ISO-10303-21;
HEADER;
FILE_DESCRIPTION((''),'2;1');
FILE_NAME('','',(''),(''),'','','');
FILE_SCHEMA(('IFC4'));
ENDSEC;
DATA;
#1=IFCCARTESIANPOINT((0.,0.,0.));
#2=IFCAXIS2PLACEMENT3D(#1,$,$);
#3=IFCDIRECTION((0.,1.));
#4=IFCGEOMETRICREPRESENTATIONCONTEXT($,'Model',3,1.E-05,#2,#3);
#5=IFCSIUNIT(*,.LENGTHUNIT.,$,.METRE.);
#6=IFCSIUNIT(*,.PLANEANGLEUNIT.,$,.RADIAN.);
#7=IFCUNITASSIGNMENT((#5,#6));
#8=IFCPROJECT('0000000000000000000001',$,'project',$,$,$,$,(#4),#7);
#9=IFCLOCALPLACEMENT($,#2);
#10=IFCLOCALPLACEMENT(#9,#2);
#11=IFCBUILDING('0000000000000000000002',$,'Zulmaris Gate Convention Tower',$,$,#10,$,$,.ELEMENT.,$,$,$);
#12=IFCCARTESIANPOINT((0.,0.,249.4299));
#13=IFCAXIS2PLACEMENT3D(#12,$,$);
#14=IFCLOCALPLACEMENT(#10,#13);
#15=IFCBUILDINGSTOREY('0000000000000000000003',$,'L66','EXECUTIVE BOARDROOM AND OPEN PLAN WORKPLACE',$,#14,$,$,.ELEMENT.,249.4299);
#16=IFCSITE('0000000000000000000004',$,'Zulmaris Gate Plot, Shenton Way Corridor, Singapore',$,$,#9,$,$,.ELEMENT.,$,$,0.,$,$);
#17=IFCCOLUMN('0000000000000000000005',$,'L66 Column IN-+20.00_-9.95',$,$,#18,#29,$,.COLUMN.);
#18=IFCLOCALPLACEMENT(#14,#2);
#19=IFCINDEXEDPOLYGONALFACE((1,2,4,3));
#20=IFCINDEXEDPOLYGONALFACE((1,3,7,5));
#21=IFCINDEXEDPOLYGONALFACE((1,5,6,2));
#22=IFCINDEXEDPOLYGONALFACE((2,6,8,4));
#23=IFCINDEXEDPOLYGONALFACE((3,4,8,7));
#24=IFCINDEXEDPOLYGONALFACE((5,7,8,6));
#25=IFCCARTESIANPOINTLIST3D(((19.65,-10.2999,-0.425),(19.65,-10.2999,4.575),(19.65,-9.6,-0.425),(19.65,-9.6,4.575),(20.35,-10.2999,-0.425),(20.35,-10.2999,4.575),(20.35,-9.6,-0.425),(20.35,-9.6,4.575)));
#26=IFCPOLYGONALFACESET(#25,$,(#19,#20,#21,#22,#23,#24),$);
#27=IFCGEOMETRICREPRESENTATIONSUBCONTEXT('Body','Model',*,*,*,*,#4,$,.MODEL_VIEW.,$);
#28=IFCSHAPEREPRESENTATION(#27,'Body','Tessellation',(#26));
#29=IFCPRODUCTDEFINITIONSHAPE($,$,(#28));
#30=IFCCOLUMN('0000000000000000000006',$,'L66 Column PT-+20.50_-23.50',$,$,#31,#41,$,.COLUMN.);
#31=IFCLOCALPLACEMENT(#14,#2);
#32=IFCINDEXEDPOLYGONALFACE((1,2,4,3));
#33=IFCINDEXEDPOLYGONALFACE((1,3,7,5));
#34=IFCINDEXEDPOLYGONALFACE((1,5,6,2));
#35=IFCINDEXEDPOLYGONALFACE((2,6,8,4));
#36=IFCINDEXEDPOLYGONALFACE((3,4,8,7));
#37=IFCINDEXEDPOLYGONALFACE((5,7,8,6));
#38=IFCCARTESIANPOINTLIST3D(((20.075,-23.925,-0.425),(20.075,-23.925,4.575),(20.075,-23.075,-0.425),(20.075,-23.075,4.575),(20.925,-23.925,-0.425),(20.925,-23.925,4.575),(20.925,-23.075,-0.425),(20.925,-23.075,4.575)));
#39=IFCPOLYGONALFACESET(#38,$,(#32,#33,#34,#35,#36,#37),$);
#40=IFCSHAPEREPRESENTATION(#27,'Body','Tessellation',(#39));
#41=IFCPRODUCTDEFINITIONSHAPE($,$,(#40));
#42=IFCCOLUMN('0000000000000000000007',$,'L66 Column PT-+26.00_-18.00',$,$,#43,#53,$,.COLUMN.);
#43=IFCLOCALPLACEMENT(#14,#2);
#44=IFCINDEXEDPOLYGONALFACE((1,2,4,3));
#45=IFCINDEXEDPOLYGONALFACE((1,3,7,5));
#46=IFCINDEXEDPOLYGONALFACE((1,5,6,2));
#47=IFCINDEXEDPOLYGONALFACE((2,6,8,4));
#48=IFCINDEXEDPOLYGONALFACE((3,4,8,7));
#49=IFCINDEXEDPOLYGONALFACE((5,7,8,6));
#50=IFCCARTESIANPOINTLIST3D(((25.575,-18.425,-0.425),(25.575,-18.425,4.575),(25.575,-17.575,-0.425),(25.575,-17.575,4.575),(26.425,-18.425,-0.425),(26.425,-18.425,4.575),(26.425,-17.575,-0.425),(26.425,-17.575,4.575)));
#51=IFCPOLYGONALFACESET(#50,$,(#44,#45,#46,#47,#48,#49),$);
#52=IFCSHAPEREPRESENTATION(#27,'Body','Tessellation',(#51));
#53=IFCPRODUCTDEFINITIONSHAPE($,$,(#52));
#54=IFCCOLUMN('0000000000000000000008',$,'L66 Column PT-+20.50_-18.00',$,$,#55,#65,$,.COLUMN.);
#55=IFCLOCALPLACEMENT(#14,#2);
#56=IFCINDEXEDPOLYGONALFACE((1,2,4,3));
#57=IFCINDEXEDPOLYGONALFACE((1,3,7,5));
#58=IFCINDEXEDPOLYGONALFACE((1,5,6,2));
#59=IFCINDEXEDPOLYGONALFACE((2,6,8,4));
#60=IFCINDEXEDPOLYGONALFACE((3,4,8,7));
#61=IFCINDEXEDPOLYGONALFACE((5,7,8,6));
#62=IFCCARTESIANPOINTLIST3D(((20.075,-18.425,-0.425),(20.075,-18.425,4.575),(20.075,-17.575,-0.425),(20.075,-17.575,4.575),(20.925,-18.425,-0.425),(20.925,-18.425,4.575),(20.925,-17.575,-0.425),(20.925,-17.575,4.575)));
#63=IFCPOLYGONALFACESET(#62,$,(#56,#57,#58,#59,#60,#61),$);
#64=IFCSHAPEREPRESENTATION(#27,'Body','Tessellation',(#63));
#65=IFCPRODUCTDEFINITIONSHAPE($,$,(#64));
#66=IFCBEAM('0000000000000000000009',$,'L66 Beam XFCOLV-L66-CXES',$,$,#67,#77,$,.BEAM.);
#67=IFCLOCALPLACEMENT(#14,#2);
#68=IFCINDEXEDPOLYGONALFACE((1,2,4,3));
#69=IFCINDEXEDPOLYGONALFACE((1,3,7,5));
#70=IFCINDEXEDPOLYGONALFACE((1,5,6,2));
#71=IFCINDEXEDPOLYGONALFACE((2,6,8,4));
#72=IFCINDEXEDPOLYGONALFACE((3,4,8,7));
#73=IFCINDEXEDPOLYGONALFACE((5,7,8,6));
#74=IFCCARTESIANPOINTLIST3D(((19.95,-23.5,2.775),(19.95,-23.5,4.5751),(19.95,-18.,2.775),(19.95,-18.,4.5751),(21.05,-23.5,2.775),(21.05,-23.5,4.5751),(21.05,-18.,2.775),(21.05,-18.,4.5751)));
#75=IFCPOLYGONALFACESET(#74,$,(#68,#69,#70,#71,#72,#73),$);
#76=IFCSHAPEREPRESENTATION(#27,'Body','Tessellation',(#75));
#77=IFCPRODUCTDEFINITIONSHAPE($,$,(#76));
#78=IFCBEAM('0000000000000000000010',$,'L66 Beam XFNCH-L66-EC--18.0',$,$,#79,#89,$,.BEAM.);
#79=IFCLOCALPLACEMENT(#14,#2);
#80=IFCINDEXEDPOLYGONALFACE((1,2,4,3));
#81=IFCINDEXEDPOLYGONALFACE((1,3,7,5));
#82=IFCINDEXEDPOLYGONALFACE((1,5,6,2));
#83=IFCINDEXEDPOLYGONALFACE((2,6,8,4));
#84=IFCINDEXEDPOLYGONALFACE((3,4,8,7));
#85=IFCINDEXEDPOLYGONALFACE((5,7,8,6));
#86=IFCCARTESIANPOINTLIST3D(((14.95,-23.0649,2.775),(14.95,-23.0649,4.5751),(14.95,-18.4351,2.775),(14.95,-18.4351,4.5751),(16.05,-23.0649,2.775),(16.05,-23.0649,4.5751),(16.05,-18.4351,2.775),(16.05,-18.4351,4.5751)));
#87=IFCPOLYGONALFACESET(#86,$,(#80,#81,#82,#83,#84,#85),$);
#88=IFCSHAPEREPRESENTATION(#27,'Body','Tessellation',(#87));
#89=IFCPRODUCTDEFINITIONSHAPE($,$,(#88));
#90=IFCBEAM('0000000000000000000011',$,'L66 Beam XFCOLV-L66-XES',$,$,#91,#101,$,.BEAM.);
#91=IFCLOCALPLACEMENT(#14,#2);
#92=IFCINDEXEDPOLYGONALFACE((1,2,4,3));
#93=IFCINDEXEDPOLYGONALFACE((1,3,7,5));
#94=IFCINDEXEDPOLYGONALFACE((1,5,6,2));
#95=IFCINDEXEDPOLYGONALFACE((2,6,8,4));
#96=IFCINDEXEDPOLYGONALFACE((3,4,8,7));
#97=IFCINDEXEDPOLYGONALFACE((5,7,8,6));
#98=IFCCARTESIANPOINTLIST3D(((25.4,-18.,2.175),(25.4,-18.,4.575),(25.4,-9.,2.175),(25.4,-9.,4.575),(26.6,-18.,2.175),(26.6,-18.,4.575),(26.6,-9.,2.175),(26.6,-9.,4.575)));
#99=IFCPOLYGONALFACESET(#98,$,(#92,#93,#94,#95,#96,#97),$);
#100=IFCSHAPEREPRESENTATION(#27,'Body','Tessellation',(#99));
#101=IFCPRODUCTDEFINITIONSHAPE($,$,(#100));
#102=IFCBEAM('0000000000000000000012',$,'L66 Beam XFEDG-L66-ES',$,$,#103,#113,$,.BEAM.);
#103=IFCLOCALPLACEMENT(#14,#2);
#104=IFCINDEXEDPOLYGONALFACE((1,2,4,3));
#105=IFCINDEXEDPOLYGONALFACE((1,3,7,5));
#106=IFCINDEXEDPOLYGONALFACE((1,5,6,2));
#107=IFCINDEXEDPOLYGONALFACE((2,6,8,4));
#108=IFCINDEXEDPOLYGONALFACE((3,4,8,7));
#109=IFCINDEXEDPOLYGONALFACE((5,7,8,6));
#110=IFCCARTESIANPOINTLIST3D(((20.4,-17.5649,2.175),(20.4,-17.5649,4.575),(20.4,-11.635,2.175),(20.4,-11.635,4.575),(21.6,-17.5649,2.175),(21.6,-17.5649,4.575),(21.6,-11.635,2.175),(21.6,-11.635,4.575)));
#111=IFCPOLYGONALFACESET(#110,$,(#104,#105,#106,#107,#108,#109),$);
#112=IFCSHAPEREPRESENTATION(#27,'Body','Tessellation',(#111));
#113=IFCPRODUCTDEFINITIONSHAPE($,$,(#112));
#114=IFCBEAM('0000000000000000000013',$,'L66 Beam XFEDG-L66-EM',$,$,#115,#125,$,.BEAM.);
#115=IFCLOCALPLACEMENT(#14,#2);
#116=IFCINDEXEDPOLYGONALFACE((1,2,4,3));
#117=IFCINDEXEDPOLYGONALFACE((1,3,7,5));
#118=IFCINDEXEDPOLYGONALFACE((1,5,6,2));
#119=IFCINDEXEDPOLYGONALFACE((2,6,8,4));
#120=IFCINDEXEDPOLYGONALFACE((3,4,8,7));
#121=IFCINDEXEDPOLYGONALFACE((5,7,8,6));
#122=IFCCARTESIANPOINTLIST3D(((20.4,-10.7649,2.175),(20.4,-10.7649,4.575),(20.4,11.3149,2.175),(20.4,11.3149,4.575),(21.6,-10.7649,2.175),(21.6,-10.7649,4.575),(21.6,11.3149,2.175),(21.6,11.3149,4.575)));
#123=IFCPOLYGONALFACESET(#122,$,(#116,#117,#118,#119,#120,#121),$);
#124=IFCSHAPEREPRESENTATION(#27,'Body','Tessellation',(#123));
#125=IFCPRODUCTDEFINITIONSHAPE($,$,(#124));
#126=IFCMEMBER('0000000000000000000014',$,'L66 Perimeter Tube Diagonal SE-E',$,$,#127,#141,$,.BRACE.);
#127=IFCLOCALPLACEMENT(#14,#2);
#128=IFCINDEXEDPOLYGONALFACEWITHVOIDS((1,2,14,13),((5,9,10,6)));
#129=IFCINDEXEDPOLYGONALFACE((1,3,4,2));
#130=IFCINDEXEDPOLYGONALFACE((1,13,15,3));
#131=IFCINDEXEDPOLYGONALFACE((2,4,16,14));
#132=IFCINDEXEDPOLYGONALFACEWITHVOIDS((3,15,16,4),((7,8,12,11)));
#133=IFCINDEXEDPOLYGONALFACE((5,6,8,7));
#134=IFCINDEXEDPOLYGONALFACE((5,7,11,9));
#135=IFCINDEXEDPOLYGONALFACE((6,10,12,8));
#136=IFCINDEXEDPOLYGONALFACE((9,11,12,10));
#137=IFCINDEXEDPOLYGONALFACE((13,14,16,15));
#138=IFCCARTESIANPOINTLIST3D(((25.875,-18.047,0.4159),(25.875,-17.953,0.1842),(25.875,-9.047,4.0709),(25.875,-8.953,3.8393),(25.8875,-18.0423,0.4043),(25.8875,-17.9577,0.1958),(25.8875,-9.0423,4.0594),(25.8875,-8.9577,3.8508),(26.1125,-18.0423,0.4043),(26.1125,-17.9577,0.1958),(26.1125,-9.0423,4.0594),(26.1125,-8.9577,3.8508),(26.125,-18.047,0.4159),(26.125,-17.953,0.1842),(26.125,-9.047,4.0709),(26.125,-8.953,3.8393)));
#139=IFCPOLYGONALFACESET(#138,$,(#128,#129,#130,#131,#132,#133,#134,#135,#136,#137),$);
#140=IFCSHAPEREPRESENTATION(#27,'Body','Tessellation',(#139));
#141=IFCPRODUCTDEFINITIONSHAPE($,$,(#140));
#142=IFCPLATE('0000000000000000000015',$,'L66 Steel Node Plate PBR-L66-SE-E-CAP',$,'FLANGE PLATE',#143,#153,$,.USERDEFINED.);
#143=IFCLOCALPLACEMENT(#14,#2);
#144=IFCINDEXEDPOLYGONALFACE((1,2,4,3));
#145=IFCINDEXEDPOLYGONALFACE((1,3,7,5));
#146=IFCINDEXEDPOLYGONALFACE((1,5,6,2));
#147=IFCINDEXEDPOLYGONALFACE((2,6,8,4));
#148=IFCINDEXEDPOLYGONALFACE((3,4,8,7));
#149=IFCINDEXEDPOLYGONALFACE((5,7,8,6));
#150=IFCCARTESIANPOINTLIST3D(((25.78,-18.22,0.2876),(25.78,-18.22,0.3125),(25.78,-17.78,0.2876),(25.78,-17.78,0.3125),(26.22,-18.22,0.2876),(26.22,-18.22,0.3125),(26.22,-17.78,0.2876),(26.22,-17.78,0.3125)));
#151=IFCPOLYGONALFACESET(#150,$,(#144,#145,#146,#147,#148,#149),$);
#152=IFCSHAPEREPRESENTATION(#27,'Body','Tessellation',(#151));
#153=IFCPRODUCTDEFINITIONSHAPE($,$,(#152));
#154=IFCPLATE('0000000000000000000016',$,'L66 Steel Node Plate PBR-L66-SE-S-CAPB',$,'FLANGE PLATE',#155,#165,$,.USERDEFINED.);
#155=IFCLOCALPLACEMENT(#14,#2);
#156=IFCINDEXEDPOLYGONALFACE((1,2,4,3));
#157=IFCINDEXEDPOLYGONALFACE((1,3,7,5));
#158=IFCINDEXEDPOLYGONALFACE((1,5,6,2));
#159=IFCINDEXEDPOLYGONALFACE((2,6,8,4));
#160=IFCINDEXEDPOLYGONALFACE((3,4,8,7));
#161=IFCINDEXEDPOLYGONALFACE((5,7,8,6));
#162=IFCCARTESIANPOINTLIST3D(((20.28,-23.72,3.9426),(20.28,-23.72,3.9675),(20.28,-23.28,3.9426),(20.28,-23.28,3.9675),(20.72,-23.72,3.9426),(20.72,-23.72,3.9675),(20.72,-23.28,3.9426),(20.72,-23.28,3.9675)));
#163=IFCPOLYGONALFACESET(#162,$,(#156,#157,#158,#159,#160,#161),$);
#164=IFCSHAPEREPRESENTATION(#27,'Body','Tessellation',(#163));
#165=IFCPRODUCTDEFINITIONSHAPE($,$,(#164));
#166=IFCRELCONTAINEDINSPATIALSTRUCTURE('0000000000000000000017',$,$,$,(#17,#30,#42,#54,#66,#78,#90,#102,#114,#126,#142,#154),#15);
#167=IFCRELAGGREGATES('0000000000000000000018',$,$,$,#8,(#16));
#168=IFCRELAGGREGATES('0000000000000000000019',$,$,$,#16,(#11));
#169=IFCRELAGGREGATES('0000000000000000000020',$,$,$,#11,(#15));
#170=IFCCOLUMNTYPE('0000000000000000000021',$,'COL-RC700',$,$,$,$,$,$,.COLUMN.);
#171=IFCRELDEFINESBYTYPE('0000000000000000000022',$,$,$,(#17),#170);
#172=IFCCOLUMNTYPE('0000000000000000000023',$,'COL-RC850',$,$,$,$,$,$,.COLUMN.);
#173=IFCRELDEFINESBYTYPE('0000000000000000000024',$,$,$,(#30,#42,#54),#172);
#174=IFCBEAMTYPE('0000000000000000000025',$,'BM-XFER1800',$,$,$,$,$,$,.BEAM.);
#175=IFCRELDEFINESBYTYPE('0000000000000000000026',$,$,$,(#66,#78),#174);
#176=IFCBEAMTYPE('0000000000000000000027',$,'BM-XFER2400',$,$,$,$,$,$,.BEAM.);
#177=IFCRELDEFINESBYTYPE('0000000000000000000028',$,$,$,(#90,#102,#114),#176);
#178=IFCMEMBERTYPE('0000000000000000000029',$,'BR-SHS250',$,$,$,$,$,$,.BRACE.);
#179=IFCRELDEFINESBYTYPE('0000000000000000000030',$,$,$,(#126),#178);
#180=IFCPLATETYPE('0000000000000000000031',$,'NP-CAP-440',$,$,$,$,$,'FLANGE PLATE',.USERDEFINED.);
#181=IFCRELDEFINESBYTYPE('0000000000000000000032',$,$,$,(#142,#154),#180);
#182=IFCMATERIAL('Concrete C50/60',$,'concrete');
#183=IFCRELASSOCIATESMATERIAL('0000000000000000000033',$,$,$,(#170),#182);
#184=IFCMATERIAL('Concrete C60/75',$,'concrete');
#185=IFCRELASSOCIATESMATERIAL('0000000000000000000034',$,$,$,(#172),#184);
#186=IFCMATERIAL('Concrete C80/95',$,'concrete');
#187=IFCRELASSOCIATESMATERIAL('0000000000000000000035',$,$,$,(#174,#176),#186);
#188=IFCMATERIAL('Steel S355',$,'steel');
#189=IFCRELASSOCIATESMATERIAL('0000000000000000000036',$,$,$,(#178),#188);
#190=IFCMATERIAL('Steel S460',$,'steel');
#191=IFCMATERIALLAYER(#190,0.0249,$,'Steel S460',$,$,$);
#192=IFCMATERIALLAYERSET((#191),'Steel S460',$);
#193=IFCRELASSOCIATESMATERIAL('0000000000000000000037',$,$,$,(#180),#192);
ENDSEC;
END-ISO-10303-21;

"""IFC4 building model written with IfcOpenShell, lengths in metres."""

from ifc_helpers import new_model, si_unit, direction, frame, origin, origin_2d, place, context, subcontext, project, spatial, rectangle, hollow_rectangle, extrude, material, layer, layer_set, material_profile, profile_set, type_object, element, save


model = new_model("IFC4")

# Units and contexts
model_context = context("Model", 3, precision=1e-05, world=origin(), true_north=direction((0.0, 1.0)))
body_context = subcontext(model_context, "Body", "Model", "MODEL_VIEW")
ifc_project = project(units=[si_unit("LENGTHUNIT", "METRE"), si_unit("PLANEANGLEUNIT", "RADIAN")], contexts=[model_context])

# Site, building, storey
site_placement = place(None, origin())
site = spatial("IfcSite", under=ifc_project, at=site_placement, Name="Zulmaris Gate Plot, Shenton Way Corridor, Singapore", CompositionType="ELEMENT", RefElevation=0.0)
building_placement = place(site_placement, origin())
building = spatial("IfcBuilding", under=site, at=building_placement, Name="Zulmaris Gate Convention Tower", CompositionType="ELEMENT")
storey_placement = place(building_placement, frame((0.0, 0.0, 249.4299)))
storey = spatial("IfcBuildingStorey", under=building, at=storey_placement, Name="L66", Description="EXECUTIVE BOARDROOM AND OPEN PLAN WORKPLACE", CompositionType="ELEMENT", Elevation=249.4299)

# Columns
ifc_material_1 = material(Name="Concrete C50/60", Category="concrete")
ifc_material_profile_1 = material_profile(ifc_material_1, rectangle(XDim=0.7, YDim=0.7, at=origin_2d()), Name="RC COL 700x700")
ifc_profile_set_1 = profile_set([ifc_material_profile_1], Name="Concrete C50/60")
column_type_1 = type_object("IfcColumnType", Name="COL-RC700", PredefinedType="COLUMN", material=ifc_profile_set_1)
column_placement = place(storey_placement, frame((20.0, -9.95, -0.425), z_axis=(0.0, 0.0, 1.0), x_axis=(1.0, 0.0, 0.0)))
element("IfcColumn", 1, at=column_placement, inside=storey, type_object=column_type_1, Name="L66 Column IN-+20.00_-9.95", PredefinedType="COLUMN", context=body_context, shape_type="SweptSolid", body=[
    extrude(rectangle(XDim=0.7, YDim=0.7, at=origin_2d()), origin(), (0.0, 0.0, 1.0), 5.0),
])
ifc_material_2 = material(Name="Concrete C60/75", Category="concrete")
ifc_material_profile_2 = material_profile(ifc_material_2, rectangle(XDim=0.8501, YDim=0.8501, at=origin_2d()), Name="RC COL 850x850")
ifc_profile_set_2 = profile_set([ifc_material_profile_2], Name="Concrete C60/75")
column_type_2 = type_object("IfcColumnType", Name="COL-RC850", PredefinedType="COLUMN", material=ifc_profile_set_2)
for number, where, z_axis, x_axis, name in (
    (2, (20.5, -23.5, -0.425), (0.0, 0.0, 1.0), (1.0, 0.0, 0.0), "L66 Column PT-+20.50_-23.50"),
    (3, (26.0, -18.0, -0.425), (0.0, 0.0, 1.0), (1.0, 0.0, 0.0), "L66 Column PT-+26.00_-18.00"),
    (4, (20.5, -18.0, -0.425), (0.0, 0.0, 1.0), (1.0, 0.0, 0.0), "L66 Column PT-+20.50_-18.00"),
):
    element("IfcColumn", number, at=place(storey_placement, frame(where, z_axis=z_axis, x_axis=x_axis)), inside=storey, type_object=column_type_2, Name=name, PredefinedType="COLUMN", context=body_context, shape_type="SweptSolid", body=[
        extrude(rectangle(XDim=0.8501, YDim=0.8501, at=origin_2d()), origin(), (0.0, 0.0, 1.0), 5.0),
    ])

# Beams
ifc_material_3 = material(Name="Concrete C80/95", Category="concrete")
ifc_material_profile_3 = material_profile(ifc_material_3, rectangle(XDim=1.1001, YDim=1.8, at=origin_2d()), Name="RC TRANSFER 1100x1800")
ifc_profile_set_3 = profile_set([ifc_material_profile_3], Name="Concrete C80/95")
beam_type_1 = type_object("IfcBeamType", Name="BM-XFER1800", PredefinedType="BEAM", material=ifc_profile_set_3)
beam_1_placement = place(storey_placement, frame((20.5, -23.5, 3.675), z_axis=(0.0, 1.0, 0.0), x_axis=(-1.0, 0.0, 0.0)))
element("IfcBeam", 5, at=beam_1_placement, inside=storey, type_object=beam_type_1, Name="L66 Beam XFCOLV-L66-CXES", PredefinedType="BEAM", context=body_context, shape_type="SweptSolid", body=[
    extrude(rectangle(XDim=1.1001, YDim=1.8, at=origin_2d()), origin(), (0.0, 0.0, 1.0), 5.5),
])
beam_2_placement = place(storey_placement, frame((15.5, -23.0649, 3.675), z_axis=(0.0, 1.0, 0.0), x_axis=(-1.0, 0.0, 0.0)))
element("IfcBeam", 6, at=beam_2_placement, inside=storey, type_object=beam_type_1, Name="L66 Beam XFNCH-L66-EC--18.0", PredefinedType="BEAM", context=body_context, shape_type="SweptSolid", body=[
    extrude(rectangle(XDim=1.1001, YDim=1.8, at=origin_2d()), origin(), (0.0, 0.0, 1.0), 4.6299),
])
ifc_material_profile_4 = material_profile(ifc_material_3, rectangle(XDim=1.2, YDim=2.3999, at=origin_2d()), Name="RC TRANSFER 1200x2400")
ifc_profile_set_4 = profile_set([ifc_material_profile_4], Name="Concrete C80/95")
beam_type_2 = type_object("IfcBeamType", Name="BM-XFER2400", PredefinedType="BEAM", material=ifc_profile_set_4)
beam_3_placement = place(storey_placement, frame((26.0, -18.0, 3.375), z_axis=(0.0, 1.0, 0.0), x_axis=(-1.0, 0.0, 0.0)))
element("IfcBeam", 7, at=beam_3_placement, inside=storey, type_object=beam_type_2, Name="L66 Beam XFCOLV-L66-XES", PredefinedType="BEAM", context=body_context, shape_type="SweptSolid", body=[
    extrude(rectangle(XDim=1.2, YDim=2.3999, at=origin_2d()), origin(), (0.0, 0.0, 1.0), 9.0),
])
beam_4_placement = place(storey_placement, frame((21.0, -17.5649, 3.375), z_axis=(0.0, 1.0, 0.0), x_axis=(-1.0, 0.0, 0.0)))
element("IfcBeam", 8, at=beam_4_placement, inside=storey, type_object=beam_type_2, Name="L66 Beam XFEDG-L66-ES", PredefinedType="BEAM", context=body_context, shape_type="SweptSolid", body=[
    extrude(rectangle(XDim=1.2, YDim=2.3999, at=origin_2d()), origin(), (0.0, 0.0, 1.0), 5.9299),
])
beam_5_placement = place(storey_placement, frame((21.0, -10.7649, 3.375), z_axis=(0.0, 1.0, 0.0), x_axis=(-1.0, 0.0, 0.0)))
element("IfcBeam", 9, at=beam_5_placement, inside=storey, type_object=beam_type_2, Name="L66 Beam XFEDG-L66-EM", PredefinedType="BEAM", context=body_context, shape_type="SweptSolid", body=[
    extrude(rectangle(XDim=1.2, YDim=2.3999, at=origin_2d()), origin(), (0.0, 0.0, 1.0), 22.0798),
])

# Member
ifc_material_4 = material(Name="Steel S355", Category="steel")
ifc_material_profile_5 = material_profile(ifc_material_4, hollow_rectangle(XDim=0.25, YDim=0.25, WallThickness=0.0125, at=origin_2d()), Name="SHS 250x250x12.5")
ifc_profile_set_5 = profile_set([ifc_material_profile_5], Name="Steel S355")
member_type = type_object("IfcMemberType", Name="BR-SHS250", PredefinedType="BRACE", material=ifc_profile_set_5)
member_placement = place(storey_placement, frame((26.0, -18.0, 0.3), z_axis=(0.0, 0.92651, 0.376269), x_axis=(-1.0, 0.0, 0.0)))
element("IfcMember", 10, at=member_placement, inside=storey, type_object=member_type, Name="L66 Perimeter Tube Diagonal SE-E", PredefinedType="BRACE", context=body_context, shape_type="SweptSolid", body=[
    extrude(hollow_rectangle(XDim=0.25, YDim=0.25, WallThickness=0.0125, at=origin_2d()), origin(), (0.0, 0.0, 1.0), 9.7139),
])

# Plates
ifc_material_5 = material(Name="Steel S460", Category="steel")
ifc_layer_1 = layer(ifc_material_5, 0.0249, Name="Steel S460")
ifc_layer_set_1 = layer_set([ifc_layer_1], Name="Steel S460")
plate_type = type_object("IfcPlateType", Name="NP-CAP-440", ElementType="FLANGE PLATE", PredefinedType="USERDEFINED", material=ifc_layer_set_1)
for number, where, z_axis, x_axis, name in (
    (11, (26.0, -18.0, 0.2876), (0.0, 0.0, 1.0), (1.0, 0.0, 0.0), "L66 Steel Node Plate PBR-L66-SE-E-CAP"),
    (12, (20.5, -23.5, 3.9426), (0.0, 0.0, 1.0), (1.0, 0.0, 0.0), "L66 Steel Node Plate PBR-L66-SE-S-CAPB"),
):
    element("IfcPlate", number, at=place(storey_placement, frame(where, z_axis=z_axis, x_axis=x_axis)), inside=storey, type_object=plate_type, Name=name, ObjectType="FLANGE PLATE", PredefinedType="USERDEFINED", context=body_context, shape_type="SweptSolid", body=[
        extrude(rectangle(XDim=0.4399, YDim=0.4399, at=origin_2d()), origin(), (0.0, 0.0, 1.0), 0.0249),
    ])

save(model, "model.ifc")
